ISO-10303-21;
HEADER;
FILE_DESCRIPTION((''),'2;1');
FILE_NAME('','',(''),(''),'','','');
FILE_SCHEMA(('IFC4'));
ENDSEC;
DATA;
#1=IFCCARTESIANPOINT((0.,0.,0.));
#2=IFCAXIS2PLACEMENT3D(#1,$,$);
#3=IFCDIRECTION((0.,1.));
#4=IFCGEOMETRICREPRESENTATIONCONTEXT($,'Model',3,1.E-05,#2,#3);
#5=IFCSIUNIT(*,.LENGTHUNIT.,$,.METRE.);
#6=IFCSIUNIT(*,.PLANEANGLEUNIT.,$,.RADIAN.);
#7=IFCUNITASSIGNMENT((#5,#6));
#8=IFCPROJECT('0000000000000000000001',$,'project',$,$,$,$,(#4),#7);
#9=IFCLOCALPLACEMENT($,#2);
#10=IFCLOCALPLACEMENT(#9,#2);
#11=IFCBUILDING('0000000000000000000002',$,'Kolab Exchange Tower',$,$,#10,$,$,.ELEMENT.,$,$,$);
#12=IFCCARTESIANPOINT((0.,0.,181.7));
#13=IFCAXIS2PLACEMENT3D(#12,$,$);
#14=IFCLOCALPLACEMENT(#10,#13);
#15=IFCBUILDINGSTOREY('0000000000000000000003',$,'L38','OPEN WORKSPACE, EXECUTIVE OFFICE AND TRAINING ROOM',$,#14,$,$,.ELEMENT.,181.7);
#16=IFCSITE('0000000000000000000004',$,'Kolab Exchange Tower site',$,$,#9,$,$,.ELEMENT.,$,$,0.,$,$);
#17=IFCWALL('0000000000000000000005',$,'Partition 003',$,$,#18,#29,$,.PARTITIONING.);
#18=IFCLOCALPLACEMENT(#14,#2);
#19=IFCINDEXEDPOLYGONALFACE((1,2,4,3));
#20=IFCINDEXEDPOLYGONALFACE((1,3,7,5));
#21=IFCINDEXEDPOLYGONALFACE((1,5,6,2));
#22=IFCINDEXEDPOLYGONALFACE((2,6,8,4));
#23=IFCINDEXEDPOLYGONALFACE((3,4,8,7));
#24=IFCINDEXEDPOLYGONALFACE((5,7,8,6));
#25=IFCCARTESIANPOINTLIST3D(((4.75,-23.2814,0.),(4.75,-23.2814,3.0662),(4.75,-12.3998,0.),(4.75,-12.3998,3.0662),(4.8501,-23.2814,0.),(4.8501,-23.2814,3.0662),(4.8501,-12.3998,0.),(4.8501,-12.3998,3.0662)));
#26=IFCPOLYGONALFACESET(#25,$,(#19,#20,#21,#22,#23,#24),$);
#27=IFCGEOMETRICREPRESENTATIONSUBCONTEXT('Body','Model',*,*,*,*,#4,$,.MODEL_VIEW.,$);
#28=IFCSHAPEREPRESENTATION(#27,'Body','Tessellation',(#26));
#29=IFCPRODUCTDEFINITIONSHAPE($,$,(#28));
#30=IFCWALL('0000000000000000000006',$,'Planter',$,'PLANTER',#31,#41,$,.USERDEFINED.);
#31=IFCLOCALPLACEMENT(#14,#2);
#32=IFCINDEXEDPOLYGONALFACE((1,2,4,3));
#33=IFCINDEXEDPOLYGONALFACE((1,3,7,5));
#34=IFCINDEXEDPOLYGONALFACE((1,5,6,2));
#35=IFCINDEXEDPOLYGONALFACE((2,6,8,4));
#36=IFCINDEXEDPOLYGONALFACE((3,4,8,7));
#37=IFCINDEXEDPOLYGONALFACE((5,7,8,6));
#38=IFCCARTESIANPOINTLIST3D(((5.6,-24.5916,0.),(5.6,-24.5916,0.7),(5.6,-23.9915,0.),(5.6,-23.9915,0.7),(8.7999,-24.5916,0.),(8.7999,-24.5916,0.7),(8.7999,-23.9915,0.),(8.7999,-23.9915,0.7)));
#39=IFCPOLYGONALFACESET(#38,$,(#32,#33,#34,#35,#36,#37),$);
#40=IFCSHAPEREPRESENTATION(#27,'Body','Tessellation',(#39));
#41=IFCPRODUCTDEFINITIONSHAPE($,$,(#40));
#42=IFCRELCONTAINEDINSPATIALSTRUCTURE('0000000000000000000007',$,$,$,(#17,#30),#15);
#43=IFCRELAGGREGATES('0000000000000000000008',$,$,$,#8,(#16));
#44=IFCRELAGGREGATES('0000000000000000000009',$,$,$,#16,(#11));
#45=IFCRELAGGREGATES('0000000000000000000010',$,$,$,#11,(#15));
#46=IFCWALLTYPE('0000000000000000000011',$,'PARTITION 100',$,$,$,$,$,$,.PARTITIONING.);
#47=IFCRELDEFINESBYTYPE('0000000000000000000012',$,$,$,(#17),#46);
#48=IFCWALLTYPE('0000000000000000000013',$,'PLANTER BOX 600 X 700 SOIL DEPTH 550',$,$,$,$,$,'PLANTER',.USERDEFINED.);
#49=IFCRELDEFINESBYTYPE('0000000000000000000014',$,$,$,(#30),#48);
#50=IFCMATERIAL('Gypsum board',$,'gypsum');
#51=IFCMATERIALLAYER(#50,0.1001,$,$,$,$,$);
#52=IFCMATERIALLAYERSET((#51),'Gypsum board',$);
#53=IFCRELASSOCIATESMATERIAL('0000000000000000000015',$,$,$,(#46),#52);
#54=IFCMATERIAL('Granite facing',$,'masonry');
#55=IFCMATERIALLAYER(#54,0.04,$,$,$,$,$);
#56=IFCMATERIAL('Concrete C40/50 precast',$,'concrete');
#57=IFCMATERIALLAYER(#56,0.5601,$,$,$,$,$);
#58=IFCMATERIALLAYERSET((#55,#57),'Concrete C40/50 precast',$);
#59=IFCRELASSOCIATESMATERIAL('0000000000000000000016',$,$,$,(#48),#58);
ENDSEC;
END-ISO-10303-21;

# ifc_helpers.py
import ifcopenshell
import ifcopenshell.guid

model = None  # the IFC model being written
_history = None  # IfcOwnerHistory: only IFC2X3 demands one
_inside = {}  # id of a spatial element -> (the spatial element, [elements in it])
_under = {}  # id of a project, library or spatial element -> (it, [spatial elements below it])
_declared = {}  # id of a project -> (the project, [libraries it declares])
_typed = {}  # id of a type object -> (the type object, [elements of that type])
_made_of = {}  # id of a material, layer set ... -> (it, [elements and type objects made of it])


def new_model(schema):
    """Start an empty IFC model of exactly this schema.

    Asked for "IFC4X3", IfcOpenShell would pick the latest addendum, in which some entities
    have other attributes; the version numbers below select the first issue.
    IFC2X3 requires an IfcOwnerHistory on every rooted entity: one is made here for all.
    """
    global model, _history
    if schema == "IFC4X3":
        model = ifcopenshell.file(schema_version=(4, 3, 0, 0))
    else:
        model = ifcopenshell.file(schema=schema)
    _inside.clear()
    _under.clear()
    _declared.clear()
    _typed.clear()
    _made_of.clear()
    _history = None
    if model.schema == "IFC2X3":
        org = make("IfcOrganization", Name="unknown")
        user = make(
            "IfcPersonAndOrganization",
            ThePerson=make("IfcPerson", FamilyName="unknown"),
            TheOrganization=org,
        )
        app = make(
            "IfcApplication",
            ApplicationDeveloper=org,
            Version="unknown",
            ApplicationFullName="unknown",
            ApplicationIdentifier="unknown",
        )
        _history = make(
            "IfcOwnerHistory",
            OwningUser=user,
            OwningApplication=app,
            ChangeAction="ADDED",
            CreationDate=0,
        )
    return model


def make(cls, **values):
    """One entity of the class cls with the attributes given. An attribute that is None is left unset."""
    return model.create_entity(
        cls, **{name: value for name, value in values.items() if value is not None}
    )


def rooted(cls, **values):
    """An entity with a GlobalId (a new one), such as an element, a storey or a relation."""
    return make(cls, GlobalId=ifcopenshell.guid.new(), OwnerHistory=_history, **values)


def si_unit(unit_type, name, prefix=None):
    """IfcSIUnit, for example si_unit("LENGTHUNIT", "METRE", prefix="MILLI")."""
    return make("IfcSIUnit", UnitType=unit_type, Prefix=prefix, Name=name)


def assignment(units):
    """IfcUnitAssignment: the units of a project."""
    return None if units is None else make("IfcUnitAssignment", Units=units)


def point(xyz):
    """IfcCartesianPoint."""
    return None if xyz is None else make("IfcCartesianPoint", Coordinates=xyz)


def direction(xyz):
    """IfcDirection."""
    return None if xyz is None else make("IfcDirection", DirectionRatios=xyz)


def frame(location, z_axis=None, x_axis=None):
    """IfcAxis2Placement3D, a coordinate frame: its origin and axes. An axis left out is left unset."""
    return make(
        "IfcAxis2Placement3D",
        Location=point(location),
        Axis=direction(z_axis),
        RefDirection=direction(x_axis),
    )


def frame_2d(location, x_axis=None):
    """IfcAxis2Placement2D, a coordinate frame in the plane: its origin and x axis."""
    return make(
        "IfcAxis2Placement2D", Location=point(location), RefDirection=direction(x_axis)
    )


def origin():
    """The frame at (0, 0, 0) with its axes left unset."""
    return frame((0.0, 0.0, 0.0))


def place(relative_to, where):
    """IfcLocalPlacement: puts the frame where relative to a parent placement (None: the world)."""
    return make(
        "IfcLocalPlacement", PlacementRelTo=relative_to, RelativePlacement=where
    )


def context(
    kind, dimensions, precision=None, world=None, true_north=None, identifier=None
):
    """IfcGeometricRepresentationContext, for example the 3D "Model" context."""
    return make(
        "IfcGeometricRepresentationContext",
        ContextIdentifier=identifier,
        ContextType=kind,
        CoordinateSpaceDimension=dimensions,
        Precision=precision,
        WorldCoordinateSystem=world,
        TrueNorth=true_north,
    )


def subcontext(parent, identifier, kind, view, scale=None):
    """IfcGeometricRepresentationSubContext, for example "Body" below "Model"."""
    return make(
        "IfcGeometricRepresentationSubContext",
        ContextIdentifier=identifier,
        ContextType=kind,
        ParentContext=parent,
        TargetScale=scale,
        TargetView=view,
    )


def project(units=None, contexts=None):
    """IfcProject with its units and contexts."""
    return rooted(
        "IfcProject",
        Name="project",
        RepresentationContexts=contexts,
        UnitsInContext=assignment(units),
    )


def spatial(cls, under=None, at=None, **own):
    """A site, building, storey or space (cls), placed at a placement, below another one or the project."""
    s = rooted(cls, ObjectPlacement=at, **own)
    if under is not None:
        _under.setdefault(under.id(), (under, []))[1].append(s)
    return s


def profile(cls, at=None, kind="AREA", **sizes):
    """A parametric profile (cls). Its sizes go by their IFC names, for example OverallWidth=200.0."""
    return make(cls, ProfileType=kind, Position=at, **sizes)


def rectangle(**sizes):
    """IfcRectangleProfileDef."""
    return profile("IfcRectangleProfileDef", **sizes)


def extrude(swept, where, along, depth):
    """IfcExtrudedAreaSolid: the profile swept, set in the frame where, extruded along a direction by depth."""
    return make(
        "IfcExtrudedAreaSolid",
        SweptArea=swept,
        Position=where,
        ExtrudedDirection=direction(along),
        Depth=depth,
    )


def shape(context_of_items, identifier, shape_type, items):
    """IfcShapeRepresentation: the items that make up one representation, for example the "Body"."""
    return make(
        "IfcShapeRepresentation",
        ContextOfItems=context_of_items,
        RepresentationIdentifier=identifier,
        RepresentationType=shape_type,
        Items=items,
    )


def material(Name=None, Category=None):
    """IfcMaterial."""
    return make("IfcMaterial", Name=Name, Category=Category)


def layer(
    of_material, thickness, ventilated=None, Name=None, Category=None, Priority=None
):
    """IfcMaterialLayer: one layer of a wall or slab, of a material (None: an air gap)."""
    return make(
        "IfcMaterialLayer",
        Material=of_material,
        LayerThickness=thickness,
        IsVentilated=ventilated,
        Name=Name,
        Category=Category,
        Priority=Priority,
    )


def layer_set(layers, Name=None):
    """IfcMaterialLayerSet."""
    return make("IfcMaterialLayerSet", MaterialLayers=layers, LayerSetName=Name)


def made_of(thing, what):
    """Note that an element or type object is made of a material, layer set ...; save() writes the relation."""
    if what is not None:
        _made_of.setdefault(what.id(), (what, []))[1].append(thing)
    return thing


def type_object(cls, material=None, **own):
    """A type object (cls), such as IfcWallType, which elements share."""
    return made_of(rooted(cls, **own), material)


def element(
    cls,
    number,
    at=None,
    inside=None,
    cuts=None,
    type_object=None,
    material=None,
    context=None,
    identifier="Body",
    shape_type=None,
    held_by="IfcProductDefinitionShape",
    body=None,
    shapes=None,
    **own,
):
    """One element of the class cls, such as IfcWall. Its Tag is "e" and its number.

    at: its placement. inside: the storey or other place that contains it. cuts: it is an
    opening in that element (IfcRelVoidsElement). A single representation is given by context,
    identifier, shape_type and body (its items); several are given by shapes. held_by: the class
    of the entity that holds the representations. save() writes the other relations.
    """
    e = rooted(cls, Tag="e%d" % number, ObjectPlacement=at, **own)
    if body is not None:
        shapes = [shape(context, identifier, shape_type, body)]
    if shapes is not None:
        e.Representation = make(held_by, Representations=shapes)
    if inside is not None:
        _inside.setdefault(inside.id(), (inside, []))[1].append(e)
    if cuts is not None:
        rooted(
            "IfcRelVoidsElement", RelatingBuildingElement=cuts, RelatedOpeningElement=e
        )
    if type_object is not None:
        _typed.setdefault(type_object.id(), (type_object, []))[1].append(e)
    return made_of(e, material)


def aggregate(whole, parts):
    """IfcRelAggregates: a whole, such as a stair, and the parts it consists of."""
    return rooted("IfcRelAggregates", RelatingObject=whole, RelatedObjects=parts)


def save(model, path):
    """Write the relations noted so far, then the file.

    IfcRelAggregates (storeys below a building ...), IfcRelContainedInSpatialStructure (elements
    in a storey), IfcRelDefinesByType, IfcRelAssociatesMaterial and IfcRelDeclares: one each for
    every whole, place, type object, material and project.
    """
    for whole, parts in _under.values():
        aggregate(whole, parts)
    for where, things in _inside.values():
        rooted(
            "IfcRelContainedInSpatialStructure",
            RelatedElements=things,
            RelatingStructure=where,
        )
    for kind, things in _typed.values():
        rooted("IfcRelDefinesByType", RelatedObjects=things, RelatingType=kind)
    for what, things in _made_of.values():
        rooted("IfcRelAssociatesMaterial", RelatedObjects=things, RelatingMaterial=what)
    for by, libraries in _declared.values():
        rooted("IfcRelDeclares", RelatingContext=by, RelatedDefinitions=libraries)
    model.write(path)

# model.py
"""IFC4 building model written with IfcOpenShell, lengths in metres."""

from ifc_helpers import new_model, si_unit, direction, frame, frame_2d, origin, place, context, subcontext, project, spatial, rectangle, extrude, material, layer, layer_set, type_object, element, save


model = new_model("IFC4")

# Units and contexts
model_context = context("Model", 3, precision=1e-05, world=origin(), true_north=direction((0.0, 1.0)))
body_context = subcontext(model_context, "Body", "Model", "MODEL_VIEW")
ifc_project = project(units=[si_unit("LENGTHUNIT", "METRE"), si_unit("PLANEANGLEUNIT", "RADIAN")], contexts=[model_context])

# Site, building, storey
site_placement = place(None, origin())
site = spatial("IfcSite", under=ifc_project, at=site_placement, Name="Kolab Exchange Tower site", CompositionType="ELEMENT", RefElevation=0.0)
building_placement = place(site_placement, origin())
building = spatial("IfcBuilding", under=site, at=building_placement, Name="Kolab Exchange Tower", CompositionType="ELEMENT")
storey_placement = place(building_placement, frame((0.0, 0.0, 181.7)))
storey = spatial("IfcBuildingStorey", under=building, at=storey_placement, Name="L38", Description="OPEN WORKSPACE, EXECUTIVE OFFICE AND TRAINING ROOM", CompositionType="ELEMENT", Elevation=181.7)

# Walls
ifc_material_1 = material(Name="Gypsum board", Category="gypsum")
ifc_layer_1 = layer(ifc_material_1, 0.1001)
ifc_layer_set_1 = layer_set([ifc_layer_1], Name="Gypsum board")
wall_type_1 = type_object("IfcWallType", Name="PARTITION 100", PredefinedType="PARTITIONING", material=ifc_layer_set_1)
wall_1_placement = place(storey_placement, frame((4.8, -23.2815, 0.0), z_axis=(0.0, 0.0, 1.0), x_axis=(0.0, 1.0, 0.0)))
element("IfcWall", 1, at=wall_1_placement, inside=storey, type_object=wall_type_1, Name="Partition 003", PredefinedType="PARTITIONING", context=body_context, shape_type="SweptSolid", body=[
    extrude(rectangle(XDim=10.8816, YDim=0.1001, at=frame_2d((5.4409, 0.0))), origin(), (0.0, 0.0, 1.0), 3.0662),
])
ifc_material_2 = material(Name="Granite facing", Category="masonry")
ifc_layer_2 = layer(ifc_material_2, 0.04)
ifc_material_3 = material(Name="Concrete C40/50 precast", Category="concrete")
ifc_layer_3 = layer(ifc_material_3, 0.5601)
ifc_layer_set_2 = layer_set([ifc_layer_2, ifc_layer_3], Name="Concrete C40/50 precast")
wall_type_2 = type_object("IfcWallType", Name="PLANTER BOX 600 X 700 SOIL DEPTH 550", ElementType="PLANTER", PredefinedType="USERDEFINED", material=ifc_layer_set_2)
wall_2_placement = place(storey_placement, frame((8.8, -24.2915, 0.0), z_axis=(0.0, 0.0, 1.0), x_axis=(-1.0, 0.0, 0.0)))
element("IfcWall", 2, at=wall_2_placement, inside=storey, type_object=wall_type_2, Name="Planter", ObjectType="PLANTER", PredefinedType="USERDEFINED", context=body_context, shape_type="SweptSolid", body=[
    extrude(rectangle(XDim=3.2, YDim=0.6001, at=frame_2d((1.6001, 0.0))), origin(), (0.0, 0.0, 1.0), 0.7),
])

save(model, "model.ifc")
